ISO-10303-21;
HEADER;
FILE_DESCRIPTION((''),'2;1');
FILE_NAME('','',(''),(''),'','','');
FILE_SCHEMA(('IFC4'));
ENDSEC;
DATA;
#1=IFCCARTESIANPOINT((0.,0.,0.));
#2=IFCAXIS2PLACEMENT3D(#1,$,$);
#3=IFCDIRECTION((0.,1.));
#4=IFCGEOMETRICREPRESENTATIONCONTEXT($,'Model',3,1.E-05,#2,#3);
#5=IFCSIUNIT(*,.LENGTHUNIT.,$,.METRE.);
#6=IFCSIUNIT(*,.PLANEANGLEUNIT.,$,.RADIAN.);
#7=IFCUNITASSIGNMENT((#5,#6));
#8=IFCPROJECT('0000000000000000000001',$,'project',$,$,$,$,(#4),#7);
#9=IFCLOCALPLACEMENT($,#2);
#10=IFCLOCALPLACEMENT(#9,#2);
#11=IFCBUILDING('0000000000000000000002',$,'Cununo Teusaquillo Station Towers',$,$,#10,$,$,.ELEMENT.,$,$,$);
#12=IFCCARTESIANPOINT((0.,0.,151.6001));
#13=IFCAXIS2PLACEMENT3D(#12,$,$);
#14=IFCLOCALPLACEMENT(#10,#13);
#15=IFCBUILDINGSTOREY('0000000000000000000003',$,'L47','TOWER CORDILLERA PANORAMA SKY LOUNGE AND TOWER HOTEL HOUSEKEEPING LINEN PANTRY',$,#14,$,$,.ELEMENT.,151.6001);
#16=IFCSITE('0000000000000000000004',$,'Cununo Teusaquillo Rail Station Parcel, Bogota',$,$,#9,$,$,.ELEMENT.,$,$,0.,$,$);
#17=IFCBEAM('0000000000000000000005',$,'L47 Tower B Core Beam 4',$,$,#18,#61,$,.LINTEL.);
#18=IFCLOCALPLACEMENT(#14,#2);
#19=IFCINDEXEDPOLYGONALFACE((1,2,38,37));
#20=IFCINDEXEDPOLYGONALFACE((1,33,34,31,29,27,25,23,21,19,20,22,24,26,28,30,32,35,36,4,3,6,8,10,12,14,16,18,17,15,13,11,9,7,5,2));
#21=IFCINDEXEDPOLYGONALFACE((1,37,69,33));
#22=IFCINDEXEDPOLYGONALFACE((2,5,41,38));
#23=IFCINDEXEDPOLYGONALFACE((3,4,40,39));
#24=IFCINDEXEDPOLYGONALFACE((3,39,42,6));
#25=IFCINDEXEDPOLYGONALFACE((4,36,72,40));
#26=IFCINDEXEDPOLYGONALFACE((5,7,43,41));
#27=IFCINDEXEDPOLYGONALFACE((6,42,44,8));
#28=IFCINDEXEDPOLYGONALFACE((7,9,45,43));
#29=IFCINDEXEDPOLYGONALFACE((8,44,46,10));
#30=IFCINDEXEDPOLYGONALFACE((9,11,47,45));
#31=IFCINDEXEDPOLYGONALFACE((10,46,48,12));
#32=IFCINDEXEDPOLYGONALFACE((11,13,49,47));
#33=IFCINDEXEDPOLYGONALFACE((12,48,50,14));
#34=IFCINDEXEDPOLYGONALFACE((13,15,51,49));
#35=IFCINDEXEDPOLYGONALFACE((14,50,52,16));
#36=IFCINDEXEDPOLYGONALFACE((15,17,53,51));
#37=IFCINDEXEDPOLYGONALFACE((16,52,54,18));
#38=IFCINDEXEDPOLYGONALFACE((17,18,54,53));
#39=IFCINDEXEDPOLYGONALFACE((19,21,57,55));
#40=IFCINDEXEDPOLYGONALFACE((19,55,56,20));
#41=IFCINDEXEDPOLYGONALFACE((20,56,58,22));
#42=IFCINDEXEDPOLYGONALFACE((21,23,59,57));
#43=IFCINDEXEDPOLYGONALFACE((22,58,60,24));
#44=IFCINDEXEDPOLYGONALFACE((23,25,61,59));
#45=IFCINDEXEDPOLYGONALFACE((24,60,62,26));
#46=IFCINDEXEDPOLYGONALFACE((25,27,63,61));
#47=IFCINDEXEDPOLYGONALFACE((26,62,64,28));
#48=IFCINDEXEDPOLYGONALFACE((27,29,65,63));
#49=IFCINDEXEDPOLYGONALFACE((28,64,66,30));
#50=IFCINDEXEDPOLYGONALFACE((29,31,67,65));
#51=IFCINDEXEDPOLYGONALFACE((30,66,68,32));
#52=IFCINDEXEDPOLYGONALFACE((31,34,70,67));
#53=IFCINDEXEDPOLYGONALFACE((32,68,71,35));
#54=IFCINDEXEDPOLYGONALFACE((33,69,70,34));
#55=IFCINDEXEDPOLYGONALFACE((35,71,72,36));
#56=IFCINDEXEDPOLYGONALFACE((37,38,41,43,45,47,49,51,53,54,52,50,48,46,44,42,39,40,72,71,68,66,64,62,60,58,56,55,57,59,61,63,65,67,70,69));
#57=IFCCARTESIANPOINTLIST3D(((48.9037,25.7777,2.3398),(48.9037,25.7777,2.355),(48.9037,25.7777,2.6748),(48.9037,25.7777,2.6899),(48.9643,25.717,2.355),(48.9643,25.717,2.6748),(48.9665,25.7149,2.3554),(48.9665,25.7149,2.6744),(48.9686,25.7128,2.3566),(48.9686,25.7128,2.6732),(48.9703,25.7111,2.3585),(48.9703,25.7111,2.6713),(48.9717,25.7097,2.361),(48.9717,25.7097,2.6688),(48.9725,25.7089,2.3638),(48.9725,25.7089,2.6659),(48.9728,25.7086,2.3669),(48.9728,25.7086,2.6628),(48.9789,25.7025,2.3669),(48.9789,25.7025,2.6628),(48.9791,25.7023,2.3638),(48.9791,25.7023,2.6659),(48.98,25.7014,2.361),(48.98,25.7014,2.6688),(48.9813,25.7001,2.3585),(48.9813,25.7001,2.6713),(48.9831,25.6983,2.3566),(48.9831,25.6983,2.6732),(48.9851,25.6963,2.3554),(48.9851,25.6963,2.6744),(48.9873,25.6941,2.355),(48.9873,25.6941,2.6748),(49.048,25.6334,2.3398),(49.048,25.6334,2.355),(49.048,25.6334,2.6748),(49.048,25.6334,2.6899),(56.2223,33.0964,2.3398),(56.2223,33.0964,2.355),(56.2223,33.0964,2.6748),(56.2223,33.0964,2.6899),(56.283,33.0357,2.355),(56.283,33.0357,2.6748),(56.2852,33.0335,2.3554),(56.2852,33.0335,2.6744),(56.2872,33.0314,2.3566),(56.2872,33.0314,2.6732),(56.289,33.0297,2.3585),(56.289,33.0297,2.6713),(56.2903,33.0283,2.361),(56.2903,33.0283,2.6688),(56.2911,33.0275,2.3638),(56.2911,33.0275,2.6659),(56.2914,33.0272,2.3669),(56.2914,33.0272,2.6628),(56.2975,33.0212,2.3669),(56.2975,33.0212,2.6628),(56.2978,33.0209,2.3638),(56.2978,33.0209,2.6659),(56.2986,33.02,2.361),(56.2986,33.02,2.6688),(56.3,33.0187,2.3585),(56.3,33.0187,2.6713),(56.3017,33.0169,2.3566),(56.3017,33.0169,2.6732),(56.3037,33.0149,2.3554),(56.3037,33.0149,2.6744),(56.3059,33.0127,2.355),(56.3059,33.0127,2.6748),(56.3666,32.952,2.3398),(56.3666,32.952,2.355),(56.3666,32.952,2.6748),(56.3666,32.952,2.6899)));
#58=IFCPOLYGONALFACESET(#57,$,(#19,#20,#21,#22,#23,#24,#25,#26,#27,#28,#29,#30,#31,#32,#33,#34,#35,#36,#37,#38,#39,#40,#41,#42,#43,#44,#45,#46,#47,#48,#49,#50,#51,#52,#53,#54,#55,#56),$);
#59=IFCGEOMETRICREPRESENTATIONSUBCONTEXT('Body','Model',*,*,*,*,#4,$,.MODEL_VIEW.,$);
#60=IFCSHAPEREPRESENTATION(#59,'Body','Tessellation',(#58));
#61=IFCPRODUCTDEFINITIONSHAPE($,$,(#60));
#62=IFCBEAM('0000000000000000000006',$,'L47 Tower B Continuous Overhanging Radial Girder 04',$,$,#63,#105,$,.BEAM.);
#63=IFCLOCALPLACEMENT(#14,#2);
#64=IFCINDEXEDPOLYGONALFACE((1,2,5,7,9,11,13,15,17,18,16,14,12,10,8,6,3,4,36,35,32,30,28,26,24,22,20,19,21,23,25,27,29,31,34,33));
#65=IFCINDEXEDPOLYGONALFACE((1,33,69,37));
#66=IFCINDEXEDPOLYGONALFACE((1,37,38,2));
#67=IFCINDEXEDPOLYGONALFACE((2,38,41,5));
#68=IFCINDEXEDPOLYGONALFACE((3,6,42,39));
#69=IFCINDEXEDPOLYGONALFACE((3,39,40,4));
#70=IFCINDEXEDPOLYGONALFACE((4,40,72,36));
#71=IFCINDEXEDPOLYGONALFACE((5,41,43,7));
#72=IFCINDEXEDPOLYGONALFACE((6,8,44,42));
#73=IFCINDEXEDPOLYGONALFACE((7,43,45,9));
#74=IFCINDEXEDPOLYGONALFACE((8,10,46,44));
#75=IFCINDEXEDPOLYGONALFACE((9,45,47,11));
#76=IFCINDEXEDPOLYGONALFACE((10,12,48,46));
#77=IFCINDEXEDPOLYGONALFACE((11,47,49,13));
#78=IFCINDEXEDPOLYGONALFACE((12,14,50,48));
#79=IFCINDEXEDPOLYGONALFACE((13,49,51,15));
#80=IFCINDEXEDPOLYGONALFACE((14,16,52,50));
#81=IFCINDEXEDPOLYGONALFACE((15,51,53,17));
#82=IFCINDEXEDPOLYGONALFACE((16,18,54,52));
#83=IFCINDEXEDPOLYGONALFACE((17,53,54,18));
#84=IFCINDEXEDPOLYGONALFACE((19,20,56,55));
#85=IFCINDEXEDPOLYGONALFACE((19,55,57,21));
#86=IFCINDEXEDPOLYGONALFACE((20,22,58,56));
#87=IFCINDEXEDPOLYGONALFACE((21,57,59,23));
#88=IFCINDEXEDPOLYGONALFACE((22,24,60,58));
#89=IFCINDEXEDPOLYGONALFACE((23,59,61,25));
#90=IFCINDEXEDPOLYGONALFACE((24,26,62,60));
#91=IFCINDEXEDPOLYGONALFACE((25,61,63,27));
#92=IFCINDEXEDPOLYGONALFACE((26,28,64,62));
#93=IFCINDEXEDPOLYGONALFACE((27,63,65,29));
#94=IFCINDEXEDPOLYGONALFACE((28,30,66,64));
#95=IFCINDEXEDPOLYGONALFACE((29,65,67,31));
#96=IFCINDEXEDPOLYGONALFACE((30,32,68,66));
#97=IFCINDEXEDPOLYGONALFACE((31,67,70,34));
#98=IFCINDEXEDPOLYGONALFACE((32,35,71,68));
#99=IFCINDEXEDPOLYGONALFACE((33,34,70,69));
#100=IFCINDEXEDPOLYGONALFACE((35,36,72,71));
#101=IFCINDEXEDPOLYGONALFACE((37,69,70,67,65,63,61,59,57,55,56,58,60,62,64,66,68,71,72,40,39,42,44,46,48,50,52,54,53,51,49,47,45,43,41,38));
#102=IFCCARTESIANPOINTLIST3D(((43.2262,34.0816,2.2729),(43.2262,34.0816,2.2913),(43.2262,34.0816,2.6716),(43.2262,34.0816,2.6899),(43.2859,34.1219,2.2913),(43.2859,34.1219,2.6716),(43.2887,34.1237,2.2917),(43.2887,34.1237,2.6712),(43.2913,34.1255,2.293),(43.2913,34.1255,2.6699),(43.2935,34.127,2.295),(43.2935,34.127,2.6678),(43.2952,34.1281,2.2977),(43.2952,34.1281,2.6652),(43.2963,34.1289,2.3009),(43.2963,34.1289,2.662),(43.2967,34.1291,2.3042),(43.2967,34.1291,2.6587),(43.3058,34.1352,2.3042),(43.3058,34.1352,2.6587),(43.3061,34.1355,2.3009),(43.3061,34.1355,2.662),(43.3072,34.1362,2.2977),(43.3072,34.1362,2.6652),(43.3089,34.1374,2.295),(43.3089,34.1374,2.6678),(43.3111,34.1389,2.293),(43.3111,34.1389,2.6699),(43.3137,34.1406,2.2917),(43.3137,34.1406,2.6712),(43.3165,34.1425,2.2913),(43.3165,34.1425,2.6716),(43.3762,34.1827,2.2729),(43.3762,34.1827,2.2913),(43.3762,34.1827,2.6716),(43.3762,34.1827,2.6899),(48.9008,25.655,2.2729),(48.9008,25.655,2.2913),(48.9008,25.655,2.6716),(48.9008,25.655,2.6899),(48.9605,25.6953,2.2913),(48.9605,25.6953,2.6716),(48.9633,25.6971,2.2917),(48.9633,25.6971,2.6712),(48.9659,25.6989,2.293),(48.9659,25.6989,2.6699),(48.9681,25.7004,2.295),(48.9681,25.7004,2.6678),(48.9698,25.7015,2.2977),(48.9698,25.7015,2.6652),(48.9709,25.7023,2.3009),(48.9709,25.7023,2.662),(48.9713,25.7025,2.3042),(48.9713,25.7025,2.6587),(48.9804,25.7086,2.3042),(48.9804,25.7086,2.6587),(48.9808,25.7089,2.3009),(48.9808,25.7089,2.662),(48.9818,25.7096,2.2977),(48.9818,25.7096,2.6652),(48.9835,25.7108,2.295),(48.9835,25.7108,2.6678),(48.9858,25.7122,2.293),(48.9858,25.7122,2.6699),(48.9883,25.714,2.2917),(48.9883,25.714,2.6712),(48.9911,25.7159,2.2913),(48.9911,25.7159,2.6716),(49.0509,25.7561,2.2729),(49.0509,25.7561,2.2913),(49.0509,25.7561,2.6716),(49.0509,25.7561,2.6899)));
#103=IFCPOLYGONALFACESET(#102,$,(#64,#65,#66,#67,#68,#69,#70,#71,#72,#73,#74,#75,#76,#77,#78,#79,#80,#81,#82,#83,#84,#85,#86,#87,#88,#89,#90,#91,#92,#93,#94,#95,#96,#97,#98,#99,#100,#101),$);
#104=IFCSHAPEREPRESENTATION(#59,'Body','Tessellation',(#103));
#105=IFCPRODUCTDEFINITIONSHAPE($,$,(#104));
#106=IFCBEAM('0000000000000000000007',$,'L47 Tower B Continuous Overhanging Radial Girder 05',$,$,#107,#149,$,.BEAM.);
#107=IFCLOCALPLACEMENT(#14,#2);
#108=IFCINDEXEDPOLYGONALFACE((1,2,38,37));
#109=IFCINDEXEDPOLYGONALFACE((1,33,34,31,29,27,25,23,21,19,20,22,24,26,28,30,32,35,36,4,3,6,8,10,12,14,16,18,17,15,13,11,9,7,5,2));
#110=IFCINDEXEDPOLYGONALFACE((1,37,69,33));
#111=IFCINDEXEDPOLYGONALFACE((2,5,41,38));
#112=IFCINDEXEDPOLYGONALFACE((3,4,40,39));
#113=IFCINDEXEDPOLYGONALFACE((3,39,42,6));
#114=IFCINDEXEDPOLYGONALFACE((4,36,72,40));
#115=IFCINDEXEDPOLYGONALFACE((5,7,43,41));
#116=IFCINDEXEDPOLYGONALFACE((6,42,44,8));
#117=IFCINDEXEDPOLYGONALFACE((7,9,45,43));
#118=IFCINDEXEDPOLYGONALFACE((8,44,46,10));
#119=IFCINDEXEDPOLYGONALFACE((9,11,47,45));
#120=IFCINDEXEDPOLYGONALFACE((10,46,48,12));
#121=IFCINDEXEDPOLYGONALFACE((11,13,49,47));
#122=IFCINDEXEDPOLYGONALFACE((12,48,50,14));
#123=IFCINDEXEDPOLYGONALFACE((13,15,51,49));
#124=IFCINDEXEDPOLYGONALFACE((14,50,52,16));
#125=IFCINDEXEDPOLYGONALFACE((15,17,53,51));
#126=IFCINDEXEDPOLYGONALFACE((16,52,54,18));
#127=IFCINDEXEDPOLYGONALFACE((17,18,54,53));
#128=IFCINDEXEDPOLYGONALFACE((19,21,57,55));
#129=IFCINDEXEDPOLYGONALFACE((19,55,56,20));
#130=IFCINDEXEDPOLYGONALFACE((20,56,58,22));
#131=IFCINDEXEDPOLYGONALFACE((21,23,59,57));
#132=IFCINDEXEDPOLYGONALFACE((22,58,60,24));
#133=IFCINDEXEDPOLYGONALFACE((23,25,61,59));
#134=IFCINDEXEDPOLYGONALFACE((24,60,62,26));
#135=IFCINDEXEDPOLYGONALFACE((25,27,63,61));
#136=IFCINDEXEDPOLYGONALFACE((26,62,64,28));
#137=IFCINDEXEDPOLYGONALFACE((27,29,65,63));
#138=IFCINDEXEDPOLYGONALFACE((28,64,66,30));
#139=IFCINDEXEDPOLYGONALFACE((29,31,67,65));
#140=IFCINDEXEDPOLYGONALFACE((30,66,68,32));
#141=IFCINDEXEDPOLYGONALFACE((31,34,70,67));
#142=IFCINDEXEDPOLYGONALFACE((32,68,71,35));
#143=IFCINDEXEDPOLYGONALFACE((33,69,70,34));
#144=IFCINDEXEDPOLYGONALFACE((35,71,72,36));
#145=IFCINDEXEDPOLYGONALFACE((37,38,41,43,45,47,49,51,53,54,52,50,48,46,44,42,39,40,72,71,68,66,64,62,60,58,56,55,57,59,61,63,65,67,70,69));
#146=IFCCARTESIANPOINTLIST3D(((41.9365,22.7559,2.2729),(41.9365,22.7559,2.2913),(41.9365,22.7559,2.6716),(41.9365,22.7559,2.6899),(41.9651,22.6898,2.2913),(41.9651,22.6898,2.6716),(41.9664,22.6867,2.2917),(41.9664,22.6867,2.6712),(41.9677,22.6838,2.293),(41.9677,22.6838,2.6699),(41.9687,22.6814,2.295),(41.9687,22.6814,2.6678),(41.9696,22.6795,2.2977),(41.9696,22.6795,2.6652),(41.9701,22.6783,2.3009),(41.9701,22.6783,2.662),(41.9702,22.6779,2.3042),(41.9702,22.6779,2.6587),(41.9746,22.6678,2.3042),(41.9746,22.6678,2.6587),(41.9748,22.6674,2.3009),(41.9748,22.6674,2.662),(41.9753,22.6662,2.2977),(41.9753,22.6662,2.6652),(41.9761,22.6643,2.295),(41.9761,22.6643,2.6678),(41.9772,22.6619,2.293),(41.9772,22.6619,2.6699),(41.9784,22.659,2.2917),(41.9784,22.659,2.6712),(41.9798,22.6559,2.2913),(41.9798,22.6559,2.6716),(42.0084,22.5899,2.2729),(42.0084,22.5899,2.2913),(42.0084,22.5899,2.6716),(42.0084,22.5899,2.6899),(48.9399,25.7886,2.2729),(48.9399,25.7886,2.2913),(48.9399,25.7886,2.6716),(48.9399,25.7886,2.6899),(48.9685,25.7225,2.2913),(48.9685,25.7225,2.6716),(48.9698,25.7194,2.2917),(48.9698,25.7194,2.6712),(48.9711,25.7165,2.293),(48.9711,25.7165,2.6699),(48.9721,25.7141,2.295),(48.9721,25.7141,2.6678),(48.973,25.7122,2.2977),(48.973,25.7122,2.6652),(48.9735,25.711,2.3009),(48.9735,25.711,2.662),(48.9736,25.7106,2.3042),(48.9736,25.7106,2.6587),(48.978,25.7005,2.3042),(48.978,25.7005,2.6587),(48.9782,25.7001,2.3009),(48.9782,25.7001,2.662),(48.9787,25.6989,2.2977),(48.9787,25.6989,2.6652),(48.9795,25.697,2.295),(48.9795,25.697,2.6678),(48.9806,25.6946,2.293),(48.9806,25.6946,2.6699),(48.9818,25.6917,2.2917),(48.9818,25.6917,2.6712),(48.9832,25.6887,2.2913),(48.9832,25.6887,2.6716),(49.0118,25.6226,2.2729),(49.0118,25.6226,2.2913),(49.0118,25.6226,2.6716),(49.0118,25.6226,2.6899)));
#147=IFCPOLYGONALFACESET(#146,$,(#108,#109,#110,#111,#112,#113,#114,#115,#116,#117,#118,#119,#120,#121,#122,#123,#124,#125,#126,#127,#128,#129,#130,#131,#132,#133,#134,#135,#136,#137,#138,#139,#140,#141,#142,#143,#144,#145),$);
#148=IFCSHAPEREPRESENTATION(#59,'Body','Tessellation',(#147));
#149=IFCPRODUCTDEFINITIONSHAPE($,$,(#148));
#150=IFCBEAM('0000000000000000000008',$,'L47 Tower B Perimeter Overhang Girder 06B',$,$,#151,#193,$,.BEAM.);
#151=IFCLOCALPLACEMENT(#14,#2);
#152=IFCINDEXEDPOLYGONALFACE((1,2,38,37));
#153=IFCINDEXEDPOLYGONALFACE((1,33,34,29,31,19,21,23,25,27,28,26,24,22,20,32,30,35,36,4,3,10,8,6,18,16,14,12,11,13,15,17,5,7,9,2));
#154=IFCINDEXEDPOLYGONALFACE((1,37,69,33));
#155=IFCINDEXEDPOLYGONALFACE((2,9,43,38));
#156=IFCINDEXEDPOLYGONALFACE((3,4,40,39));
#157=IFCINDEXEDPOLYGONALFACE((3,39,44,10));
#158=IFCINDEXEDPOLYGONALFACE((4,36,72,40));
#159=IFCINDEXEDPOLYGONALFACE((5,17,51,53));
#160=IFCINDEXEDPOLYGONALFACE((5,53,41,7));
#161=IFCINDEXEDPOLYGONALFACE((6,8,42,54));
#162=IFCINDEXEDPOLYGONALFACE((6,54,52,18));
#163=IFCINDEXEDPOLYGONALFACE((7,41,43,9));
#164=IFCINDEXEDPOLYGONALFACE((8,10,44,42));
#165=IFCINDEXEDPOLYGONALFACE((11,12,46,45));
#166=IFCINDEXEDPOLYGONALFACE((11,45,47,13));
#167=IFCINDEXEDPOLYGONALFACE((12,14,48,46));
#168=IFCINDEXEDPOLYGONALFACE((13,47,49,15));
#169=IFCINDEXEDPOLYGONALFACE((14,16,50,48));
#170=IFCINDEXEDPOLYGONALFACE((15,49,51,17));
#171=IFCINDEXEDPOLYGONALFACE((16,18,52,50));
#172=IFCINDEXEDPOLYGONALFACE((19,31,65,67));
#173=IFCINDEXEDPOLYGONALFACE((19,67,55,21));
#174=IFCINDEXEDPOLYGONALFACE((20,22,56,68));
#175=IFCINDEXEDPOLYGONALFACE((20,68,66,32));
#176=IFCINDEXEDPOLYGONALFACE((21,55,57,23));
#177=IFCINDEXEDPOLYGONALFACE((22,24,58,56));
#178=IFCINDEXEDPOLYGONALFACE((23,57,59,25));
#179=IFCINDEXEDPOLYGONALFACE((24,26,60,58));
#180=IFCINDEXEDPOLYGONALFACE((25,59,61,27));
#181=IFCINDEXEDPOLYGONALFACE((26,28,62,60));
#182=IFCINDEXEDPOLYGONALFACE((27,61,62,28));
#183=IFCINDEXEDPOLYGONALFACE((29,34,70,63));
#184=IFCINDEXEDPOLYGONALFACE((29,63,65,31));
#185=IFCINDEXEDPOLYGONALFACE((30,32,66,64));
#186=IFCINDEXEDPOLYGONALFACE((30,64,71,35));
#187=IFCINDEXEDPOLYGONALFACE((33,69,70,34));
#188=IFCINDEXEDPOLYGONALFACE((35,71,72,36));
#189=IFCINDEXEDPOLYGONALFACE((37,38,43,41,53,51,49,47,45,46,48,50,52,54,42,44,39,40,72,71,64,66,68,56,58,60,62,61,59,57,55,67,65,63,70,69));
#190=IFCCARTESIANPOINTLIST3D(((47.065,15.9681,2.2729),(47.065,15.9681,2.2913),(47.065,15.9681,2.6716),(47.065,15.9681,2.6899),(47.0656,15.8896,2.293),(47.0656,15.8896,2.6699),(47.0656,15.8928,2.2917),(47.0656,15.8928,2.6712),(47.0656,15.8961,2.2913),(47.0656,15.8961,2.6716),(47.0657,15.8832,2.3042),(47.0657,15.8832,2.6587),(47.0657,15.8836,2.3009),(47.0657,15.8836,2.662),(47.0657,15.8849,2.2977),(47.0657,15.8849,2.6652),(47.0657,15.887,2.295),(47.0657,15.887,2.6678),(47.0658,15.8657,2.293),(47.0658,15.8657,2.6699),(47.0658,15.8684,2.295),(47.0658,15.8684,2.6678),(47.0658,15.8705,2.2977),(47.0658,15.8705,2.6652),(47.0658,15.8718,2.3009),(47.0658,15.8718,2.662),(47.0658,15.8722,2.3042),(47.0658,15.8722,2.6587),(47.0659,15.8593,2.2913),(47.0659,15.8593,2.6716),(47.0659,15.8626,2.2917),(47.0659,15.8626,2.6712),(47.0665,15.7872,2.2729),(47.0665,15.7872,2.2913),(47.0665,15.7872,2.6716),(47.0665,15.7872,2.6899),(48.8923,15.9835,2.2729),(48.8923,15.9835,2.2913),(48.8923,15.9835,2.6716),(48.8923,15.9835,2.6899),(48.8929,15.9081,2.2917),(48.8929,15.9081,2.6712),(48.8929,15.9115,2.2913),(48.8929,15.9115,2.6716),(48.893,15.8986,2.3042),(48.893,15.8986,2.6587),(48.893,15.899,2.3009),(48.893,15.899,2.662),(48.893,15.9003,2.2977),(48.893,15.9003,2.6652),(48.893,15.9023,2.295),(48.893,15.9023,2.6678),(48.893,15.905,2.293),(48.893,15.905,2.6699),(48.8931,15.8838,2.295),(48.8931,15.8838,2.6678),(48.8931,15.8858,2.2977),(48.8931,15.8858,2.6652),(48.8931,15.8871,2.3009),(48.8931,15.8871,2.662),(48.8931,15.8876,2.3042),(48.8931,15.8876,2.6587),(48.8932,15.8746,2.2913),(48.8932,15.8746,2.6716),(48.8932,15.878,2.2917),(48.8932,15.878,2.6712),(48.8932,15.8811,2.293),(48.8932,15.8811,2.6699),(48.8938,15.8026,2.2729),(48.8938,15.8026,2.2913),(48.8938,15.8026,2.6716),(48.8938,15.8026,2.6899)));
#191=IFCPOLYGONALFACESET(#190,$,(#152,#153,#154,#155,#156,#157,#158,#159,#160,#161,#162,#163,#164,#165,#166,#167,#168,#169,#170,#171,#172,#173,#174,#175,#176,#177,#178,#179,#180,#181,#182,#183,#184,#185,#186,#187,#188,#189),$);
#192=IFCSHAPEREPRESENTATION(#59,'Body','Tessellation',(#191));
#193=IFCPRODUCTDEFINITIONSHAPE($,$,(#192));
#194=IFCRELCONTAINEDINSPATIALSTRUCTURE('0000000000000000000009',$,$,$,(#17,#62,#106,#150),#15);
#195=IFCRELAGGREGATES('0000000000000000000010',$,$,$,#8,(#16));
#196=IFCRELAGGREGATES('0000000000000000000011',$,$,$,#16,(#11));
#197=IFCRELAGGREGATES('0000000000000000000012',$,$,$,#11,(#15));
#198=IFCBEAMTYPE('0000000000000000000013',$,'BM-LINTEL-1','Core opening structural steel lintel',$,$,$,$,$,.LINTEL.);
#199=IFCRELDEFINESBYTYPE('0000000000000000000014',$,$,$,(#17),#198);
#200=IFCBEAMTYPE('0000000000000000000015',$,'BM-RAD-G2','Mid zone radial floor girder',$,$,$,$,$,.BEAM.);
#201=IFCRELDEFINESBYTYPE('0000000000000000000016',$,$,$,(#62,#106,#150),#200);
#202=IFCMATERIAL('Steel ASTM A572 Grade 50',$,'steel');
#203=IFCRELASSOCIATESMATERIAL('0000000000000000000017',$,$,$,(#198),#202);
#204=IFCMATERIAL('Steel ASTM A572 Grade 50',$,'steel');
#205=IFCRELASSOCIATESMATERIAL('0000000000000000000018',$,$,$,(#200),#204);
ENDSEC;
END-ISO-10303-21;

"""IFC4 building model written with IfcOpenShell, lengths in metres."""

from ifc_helpers import new_model, si_unit, direction, frame, origin, origin_2d, place, context, subcontext, project, spatial, i_section, extrude, material, material_profile, profile_set, type_object, element, save


model = new_model("IFC4")

# Units and contexts
model_context = context("Model", 3, precision=1e-05, world=origin(), true_north=direction((0.0, 1.0)))
body_context = subcontext(model_context, "Body", "Model", "MODEL_VIEW")
ifc_project = project(units=[si_unit("LENGTHUNIT", "METRE"), si_unit("PLANEANGLEUNIT", "RADIAN")], contexts=[model_context])

# Site, building, storey
site_placement = place(None, origin())
site = spatial("IfcSite", under=ifc_project, at=site_placement, Name="Cununo Teusaquillo Rail Station Parcel, Bogota", CompositionType="ELEMENT", RefElevation=0.0)
building_placement = place(site_placement, origin())
building = spatial("IfcBuilding", under=site, at=building_placement, Name="Cununo Teusaquillo Station Towers", CompositionType="ELEMENT")
storey_placement = place(building_placement, frame((0.0, 0.0, 151.6001)))
storey = spatial("IfcBuildingStorey", under=building, at=storey_placement, Name="L47", Description="TOWER CORDILLERA PANORAMA SKY LOUNGE AND TOWER HOTEL HOUSEKEEPING LINEN PANTRY", CompositionType="ELEMENT", Elevation=151.6001)

# Beams
ifc_material_1 = material(Name="Steel ASTM A572 Grade 50", Category="steel")
ifc_material_profile_1 = material_profile(ifc_material_1, i_section(OverallWidth=0.2041, OverallDepth=0.3501, WebThickness=0.0085, FlangeThickness=0.0151, FilletRadius=0.012, at=origin_2d()), Name="W14X48")
ifc_profile_set_1 = profile_set([ifc_material_profile_1], Name="Steel ASTM A572 Grade 50")
beam_type_1 = type_object("IfcBeamType", Name="BM-LINTEL-1", Description="Core opening structural steel lintel", PredefinedType="LINTEL", material=ifc_profile_set_1)
beam_1_placement = place(storey_placement, frame((48.9758, 25.7056, 2.5149), z_axis=(0.707107, 0.707107, 0.0), x_axis=(-0.707107, 0.707107, 0.0)))
element("IfcBeam", 1, at=beam_1_placement, inside=storey, type_object=beam_type_1, Name="L47 Tower B Core Beam 4", PredefinedType="LINTEL", context=body_context, shape_type="SweptSolid", body=[
    extrude(i_section(OverallWidth=0.2041, OverallDepth=0.3501, WebThickness=0.0085, FlangeThickness=0.0151, FilletRadius=0.012, at=origin_2d()), origin(), (0.0, 0.0, 1.0), 10.3501),
])
ifc_material_2 = material(Name="Steel ASTM A572 Grade 50", Category="steel")
ifc_material_profile_2 = material_profile(ifc_material_2, i_section(OverallWidth=0.1809, OverallDepth=0.417, WebThickness=0.011, FlangeThickness=0.0183, FilletRadius=0.0129, at=origin_2d()), Name="W16X57")
ifc_profile_set_2 = profile_set([ifc_material_profile_2], Name="Steel ASTM A572 Grade 50")
beam_type_2 = type_object("IfcBeamType", Name="BM-RAD-G2", Description="Mid zone radial floor girder", PredefinedType="BEAM", material=ifc_profile_set_2)
beam_2_placement = place(storey_placement, frame((48.9758, 25.7056, 2.4814), z_axis=(-0.558571, 0.829457, 0.0), x_axis=(-0.829457, -0.558571, 0.0)))
element("IfcBeam", 2, at=beam_2_placement, inside=storey, type_object=beam_type_2, Name="L47 Tower B Continuous Overhanging Radial Girder 04", PredefinedType="BEAM", context=body_context, shape_type="SweptSolid", body=[
    extrude(i_section(OverallWidth=0.1809, OverallDepth=0.417, WebThickness=0.011, FlangeThickness=0.0183, FilletRadius=0.0129, at=origin_2d()), origin(), (0.0, 0.0, 1.0), 10.1592),
])
beam_3_placement = place(storey_placement, frame((48.9758, 25.7056, 2.4814), z_axis=(-0.917656, -0.397376, 0.0), x_axis=(0.397376, -0.917656, 0.0)))
element("IfcBeam", 3, at=beam_3_placement, inside=storey, type_object=beam_type_2, Name="L47 Tower B Continuous Overhanging Radial Girder 05", PredefinedType="BEAM", context=body_context, shape_type="SweptSolid", body=[
    extrude(i_section(OverallWidth=0.1809, OverallDepth=0.417, WebThickness=0.011, FlangeThickness=0.0183, FilletRadius=0.0129, at=origin_2d()), origin(), (0.0, 0.0, 1.0), 7.6318),
])
beam_4_placement = place(storey_placement, frame((48.8931, 15.8931, 2.4814), z_axis=(-0.999965, -0.008417, 0.0), x_axis=(0.008417, -0.999965, 0.0)))
element("IfcBeam", 4, at=beam_4_placement, inside=storey, type_object=beam_type_2, Name="L47 Tower B Perimeter Overhang Girder 06B", PredefinedType="BEAM", context=body_context, shape_type="SweptSolid", body=[
    extrude(i_section(OverallWidth=0.1809, OverallDepth=0.417, WebThickness=0.011, FlangeThickness=0.0183, FilletRadius=0.0129, at=origin_2d()), origin(), (0.0, 0.0, 1.0), 1.8274),
])

save(model, "model.ifc")
